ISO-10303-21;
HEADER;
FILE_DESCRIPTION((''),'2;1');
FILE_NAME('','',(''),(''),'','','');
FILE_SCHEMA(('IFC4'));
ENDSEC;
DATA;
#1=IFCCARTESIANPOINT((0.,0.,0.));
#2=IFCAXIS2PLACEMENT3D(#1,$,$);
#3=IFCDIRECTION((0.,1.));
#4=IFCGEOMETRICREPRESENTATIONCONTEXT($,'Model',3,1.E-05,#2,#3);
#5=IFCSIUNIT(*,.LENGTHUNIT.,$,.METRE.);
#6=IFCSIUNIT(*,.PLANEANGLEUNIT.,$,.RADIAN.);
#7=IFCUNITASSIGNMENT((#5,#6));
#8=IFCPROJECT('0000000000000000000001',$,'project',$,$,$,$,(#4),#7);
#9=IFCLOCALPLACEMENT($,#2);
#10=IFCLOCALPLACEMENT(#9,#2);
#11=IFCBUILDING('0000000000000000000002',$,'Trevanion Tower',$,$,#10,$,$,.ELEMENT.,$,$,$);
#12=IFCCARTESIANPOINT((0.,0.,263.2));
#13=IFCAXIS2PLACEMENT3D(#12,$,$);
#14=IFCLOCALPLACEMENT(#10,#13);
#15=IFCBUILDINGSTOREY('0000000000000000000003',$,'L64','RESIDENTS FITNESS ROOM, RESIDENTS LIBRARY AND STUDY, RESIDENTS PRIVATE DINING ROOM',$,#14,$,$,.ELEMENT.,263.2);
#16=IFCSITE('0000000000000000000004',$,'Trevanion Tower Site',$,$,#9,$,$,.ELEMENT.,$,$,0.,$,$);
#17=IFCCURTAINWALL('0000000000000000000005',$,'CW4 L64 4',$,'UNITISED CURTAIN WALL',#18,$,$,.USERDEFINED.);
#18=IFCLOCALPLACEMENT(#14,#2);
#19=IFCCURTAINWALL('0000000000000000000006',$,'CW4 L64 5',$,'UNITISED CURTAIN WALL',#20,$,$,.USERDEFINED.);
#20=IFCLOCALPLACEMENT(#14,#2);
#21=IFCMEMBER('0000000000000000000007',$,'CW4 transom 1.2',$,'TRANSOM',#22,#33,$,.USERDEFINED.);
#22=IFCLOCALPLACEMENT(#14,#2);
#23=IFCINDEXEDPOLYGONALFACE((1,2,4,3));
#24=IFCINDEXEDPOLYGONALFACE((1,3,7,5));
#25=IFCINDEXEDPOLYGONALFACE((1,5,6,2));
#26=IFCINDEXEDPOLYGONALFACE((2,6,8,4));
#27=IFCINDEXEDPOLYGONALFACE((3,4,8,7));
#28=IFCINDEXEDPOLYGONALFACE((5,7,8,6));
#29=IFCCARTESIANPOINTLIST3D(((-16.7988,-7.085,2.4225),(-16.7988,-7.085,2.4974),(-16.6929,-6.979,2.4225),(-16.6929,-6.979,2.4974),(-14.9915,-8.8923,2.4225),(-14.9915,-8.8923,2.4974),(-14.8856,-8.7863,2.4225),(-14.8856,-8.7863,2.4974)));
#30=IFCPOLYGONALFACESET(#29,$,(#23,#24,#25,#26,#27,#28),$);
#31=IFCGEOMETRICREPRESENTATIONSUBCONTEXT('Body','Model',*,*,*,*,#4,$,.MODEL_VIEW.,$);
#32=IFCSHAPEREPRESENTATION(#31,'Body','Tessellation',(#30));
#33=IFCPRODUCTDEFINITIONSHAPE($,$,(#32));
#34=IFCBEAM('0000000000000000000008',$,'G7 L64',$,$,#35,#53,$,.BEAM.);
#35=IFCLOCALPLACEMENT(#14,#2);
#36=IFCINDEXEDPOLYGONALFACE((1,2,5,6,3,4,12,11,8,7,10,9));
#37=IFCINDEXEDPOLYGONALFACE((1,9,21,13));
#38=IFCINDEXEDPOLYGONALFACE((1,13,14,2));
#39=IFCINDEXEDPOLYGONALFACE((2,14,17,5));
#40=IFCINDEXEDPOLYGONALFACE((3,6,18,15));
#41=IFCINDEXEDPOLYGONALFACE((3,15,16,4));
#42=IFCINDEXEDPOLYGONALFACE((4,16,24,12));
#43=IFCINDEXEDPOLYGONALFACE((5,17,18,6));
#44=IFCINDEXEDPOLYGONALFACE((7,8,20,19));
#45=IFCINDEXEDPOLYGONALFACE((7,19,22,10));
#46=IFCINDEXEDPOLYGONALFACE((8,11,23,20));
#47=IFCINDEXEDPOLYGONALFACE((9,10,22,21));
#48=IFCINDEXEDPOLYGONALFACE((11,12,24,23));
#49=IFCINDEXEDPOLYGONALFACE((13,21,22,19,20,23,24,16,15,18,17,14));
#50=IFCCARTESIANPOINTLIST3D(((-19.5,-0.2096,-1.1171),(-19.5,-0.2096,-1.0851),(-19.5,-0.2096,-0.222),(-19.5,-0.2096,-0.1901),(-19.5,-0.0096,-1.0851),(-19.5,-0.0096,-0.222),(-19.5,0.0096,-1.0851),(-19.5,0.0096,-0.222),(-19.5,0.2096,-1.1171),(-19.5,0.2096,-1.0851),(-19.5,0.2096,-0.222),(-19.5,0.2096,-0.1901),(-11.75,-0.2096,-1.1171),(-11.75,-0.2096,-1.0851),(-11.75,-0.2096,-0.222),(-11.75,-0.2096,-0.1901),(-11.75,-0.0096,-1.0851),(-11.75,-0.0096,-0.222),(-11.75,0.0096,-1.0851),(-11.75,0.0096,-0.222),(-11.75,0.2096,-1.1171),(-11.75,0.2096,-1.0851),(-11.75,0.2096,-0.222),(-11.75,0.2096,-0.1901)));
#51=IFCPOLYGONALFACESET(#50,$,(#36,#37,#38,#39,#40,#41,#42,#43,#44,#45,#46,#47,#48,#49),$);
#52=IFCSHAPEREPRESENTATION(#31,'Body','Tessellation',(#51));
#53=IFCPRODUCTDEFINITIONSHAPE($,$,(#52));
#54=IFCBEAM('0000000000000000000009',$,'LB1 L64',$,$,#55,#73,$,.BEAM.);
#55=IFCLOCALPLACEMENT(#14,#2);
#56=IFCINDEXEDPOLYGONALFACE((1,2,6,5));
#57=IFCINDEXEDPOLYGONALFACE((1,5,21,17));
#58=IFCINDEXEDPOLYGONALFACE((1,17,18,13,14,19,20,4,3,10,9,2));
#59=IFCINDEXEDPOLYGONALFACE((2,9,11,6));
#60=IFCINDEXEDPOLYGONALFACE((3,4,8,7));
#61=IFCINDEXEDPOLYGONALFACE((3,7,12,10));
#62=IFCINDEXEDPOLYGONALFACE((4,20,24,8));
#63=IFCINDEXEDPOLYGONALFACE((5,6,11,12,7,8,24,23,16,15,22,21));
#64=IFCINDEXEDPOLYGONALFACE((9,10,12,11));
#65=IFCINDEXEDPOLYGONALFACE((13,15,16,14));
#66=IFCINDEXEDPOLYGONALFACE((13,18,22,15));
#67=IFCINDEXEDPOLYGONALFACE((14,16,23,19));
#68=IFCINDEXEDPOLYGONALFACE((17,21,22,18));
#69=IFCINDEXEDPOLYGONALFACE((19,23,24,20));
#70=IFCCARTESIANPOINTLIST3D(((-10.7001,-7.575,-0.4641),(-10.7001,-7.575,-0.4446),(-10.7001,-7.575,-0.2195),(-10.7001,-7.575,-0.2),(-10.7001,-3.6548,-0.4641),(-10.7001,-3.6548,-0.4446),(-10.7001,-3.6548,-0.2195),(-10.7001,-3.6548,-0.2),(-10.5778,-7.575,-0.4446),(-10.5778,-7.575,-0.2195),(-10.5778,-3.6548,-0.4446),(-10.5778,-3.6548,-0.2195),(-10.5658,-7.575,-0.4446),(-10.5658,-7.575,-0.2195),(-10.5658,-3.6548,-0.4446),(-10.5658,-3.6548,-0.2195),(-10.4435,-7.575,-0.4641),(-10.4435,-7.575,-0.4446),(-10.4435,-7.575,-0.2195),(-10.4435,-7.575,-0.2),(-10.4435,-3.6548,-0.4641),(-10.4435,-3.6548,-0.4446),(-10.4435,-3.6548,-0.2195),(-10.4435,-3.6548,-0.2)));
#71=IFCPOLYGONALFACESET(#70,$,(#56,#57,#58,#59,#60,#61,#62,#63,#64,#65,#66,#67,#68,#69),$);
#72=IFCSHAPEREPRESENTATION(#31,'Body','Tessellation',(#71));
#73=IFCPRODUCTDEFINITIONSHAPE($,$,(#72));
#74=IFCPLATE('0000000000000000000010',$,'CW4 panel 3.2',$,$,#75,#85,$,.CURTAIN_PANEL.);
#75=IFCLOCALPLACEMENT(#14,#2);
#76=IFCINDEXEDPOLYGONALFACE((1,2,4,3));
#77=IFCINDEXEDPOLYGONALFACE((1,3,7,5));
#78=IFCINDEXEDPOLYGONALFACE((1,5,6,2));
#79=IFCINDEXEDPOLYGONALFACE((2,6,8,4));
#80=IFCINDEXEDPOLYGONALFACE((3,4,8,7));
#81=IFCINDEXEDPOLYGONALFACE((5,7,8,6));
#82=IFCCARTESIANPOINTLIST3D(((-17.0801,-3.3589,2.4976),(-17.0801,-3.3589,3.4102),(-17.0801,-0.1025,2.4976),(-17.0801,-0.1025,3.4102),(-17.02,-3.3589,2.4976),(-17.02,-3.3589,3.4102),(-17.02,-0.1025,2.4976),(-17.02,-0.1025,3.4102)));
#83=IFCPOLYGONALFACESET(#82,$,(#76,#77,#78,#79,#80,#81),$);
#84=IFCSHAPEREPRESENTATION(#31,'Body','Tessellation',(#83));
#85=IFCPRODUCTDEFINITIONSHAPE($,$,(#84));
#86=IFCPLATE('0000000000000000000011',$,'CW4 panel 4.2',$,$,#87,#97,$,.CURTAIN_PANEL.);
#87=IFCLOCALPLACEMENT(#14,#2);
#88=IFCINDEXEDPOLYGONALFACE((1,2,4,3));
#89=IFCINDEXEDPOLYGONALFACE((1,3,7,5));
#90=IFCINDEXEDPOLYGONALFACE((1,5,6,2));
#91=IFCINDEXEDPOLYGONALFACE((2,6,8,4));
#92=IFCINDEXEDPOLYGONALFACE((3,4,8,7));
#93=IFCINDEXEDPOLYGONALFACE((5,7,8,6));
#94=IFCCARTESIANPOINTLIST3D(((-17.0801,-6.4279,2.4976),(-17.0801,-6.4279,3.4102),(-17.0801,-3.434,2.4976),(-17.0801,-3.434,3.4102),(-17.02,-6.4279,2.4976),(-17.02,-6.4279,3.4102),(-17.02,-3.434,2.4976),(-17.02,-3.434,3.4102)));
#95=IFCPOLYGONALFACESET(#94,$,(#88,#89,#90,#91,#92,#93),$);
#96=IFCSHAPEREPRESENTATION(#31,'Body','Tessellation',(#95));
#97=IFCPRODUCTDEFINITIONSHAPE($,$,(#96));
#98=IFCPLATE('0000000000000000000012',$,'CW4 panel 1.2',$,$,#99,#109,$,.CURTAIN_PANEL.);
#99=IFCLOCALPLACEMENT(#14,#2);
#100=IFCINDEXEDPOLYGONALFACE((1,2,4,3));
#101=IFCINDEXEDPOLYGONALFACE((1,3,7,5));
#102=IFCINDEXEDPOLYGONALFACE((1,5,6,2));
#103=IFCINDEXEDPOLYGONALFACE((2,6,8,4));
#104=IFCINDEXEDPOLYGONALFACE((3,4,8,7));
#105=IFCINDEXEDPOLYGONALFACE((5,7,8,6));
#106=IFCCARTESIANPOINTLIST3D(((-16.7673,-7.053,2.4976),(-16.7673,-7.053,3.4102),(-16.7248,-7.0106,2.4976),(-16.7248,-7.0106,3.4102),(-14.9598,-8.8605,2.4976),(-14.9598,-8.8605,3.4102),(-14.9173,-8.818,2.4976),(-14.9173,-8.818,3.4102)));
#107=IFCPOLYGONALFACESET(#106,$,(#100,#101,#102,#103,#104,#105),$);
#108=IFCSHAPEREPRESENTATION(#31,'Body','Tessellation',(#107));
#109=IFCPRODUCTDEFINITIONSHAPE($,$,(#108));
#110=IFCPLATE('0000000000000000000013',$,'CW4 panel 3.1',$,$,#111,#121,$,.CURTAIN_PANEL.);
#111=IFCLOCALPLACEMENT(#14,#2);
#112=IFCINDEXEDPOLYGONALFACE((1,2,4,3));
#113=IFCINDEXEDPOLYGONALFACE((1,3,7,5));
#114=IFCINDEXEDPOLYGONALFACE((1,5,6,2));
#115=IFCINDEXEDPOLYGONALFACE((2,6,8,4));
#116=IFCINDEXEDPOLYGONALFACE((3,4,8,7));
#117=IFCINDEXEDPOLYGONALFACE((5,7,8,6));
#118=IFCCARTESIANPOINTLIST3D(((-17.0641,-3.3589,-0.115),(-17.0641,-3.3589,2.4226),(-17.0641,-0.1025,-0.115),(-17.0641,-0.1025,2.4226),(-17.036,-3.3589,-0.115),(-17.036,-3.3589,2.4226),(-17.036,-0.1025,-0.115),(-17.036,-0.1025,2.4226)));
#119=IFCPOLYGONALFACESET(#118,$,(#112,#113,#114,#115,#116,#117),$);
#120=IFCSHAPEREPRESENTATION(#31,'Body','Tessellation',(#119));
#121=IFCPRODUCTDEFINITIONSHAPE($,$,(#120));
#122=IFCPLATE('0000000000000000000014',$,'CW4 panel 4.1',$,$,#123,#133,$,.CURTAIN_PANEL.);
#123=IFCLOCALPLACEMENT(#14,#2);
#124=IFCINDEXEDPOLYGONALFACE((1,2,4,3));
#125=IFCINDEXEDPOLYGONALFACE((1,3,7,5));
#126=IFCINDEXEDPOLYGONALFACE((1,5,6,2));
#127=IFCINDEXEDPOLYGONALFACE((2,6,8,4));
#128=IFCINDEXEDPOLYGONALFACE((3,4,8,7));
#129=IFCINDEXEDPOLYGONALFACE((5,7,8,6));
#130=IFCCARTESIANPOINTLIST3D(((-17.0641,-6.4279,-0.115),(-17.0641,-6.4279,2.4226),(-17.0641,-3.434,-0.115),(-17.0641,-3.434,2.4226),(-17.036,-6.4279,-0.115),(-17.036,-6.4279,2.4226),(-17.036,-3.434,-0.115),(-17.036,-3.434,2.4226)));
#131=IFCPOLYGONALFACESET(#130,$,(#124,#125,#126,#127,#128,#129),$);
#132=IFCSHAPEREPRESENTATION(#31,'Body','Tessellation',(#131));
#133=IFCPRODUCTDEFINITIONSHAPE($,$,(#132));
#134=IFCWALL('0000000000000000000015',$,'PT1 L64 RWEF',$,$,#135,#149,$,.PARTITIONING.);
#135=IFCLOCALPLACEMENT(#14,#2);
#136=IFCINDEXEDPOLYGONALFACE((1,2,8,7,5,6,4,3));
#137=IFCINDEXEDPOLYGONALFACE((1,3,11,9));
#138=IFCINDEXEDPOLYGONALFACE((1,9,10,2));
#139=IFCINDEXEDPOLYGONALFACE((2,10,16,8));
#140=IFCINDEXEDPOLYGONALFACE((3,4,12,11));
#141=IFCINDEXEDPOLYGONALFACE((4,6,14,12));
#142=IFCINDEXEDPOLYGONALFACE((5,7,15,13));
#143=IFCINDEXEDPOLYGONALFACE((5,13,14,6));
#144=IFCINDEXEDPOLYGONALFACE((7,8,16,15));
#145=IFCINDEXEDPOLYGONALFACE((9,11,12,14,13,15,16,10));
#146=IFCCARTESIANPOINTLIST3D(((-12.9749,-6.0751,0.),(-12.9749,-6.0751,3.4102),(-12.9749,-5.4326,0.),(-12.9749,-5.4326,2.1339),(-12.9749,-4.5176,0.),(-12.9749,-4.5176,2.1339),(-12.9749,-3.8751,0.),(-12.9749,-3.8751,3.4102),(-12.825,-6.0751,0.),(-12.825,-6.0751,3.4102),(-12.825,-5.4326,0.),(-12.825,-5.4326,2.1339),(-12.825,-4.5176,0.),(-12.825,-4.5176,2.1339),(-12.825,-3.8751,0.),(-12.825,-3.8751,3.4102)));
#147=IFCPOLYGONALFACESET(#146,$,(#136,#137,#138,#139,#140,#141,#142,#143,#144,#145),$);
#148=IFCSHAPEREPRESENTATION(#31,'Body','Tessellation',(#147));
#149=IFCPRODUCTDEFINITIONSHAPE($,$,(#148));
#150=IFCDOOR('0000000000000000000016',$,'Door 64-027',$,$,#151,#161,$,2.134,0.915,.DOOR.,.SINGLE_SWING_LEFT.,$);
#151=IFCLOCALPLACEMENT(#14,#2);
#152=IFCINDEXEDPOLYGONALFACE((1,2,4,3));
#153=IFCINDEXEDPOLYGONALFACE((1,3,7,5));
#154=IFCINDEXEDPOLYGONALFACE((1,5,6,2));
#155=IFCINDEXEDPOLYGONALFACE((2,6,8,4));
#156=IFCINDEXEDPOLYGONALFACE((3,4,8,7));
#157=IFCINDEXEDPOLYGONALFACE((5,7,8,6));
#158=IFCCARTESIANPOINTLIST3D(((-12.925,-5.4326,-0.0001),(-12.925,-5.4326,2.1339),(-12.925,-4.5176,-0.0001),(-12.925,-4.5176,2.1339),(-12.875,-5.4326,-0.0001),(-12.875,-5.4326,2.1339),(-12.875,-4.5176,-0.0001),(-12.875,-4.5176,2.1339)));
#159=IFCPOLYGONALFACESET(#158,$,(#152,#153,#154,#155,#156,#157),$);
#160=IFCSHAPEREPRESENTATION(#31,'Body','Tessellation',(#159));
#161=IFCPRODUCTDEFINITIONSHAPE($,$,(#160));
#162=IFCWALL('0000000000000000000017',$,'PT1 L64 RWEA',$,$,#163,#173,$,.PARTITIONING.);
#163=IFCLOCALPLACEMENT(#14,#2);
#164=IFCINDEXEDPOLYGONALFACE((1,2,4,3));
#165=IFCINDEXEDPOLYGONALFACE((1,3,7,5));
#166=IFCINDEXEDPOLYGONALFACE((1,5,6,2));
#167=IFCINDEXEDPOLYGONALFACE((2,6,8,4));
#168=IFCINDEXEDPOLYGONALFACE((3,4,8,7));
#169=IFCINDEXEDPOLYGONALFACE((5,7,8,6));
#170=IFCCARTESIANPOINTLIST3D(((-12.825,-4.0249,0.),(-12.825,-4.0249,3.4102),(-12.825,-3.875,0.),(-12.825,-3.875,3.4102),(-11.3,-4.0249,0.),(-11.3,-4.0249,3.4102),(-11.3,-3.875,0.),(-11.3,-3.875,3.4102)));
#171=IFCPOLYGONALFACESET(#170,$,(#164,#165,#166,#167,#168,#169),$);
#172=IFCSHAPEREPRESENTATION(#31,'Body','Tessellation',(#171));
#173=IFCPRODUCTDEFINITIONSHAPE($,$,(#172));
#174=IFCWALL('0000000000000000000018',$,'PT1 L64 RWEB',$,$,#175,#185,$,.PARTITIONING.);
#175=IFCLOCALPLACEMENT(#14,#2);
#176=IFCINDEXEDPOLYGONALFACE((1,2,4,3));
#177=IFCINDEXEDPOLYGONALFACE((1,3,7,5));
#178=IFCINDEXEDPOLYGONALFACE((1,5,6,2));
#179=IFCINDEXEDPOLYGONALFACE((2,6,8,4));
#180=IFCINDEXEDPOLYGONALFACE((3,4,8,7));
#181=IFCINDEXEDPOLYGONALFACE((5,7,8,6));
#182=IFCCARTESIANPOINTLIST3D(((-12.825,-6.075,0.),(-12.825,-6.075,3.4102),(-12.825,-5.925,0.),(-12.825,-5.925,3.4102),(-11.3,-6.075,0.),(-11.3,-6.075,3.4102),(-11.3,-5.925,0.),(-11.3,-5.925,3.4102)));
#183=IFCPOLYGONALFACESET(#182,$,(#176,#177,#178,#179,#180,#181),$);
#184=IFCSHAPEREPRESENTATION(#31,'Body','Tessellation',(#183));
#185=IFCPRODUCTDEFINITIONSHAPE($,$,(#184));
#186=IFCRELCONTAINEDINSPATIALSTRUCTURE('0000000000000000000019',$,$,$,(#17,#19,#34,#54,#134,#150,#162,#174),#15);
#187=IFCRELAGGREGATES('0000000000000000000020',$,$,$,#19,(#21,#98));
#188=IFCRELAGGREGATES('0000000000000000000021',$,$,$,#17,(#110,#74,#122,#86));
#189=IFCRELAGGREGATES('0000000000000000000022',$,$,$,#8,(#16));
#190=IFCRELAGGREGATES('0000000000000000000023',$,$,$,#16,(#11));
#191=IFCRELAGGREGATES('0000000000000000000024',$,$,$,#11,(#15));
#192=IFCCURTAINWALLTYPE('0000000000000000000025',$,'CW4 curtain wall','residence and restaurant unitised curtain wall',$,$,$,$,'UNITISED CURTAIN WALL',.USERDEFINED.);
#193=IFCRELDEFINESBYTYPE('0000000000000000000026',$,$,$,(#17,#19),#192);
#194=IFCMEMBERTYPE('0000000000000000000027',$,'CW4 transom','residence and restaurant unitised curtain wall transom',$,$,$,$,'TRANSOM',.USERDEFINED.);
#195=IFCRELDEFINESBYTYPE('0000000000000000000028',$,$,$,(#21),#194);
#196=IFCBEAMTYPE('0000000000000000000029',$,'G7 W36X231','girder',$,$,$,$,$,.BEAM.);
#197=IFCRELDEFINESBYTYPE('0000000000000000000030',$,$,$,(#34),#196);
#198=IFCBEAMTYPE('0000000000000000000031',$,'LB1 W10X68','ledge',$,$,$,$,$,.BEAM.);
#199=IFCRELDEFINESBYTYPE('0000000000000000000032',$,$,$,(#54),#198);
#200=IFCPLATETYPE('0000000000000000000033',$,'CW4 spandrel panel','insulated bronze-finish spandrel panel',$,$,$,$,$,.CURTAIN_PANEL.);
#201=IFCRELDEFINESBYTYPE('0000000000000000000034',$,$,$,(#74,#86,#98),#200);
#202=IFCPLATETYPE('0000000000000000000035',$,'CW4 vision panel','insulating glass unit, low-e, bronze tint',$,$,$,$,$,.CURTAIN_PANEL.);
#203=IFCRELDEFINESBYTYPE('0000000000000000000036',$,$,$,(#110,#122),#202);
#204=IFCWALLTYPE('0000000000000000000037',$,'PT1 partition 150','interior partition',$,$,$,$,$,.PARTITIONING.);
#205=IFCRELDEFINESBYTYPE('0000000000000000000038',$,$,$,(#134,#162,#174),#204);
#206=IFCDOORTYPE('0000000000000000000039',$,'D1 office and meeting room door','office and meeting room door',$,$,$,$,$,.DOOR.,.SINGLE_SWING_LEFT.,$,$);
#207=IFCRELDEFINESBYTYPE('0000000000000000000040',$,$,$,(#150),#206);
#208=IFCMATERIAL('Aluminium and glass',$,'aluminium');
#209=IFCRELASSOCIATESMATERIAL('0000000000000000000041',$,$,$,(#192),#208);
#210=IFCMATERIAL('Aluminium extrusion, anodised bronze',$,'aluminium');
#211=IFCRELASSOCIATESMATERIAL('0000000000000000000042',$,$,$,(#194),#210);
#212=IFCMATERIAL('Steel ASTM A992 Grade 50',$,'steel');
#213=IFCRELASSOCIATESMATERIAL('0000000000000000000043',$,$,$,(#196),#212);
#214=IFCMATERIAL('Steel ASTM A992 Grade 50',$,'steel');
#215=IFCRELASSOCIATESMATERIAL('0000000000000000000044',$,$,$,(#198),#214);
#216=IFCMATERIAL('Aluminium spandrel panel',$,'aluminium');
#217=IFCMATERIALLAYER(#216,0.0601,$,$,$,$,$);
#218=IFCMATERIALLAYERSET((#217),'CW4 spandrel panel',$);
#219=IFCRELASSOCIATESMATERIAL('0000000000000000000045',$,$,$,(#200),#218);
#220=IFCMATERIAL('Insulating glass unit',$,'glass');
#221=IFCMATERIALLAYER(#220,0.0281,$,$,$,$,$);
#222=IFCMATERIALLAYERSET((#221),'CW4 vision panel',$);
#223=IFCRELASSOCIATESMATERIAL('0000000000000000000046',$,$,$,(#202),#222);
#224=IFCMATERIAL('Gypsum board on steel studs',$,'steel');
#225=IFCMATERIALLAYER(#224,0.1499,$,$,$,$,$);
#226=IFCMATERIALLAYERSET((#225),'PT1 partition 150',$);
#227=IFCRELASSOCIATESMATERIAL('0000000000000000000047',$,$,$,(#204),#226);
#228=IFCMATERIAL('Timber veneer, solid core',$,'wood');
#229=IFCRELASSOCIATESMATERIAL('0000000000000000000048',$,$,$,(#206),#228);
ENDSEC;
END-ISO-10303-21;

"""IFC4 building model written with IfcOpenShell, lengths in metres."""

from ifc_helpers import new_model, si_unit, direction, frame, frame_2d, origin, origin_2d, place, context, subcontext, project, spatial, rectangle, i_section, extrude, material, layer, layer_set, material_profile, profile_set, type_object, element, fill, aggregate, save


model = new_model("IFC4")

# Units and contexts
model_context = context("Model", 3, precision=1e-05, world=origin(), true_north=direction((0.0, 1.0)))
body_context = subcontext(model_context, "Body", "Model", "MODEL_VIEW")
ifc_project = project(units=[si_unit("LENGTHUNIT", "METRE"), si_unit("PLANEANGLEUNIT", "RADIAN")], contexts=[model_context])

# Site, building, storey
site_placement = place(None, origin())
site = spatial("IfcSite", under=ifc_project, at=site_placement, Name="Trevanion Tower Site", CompositionType="ELEMENT", RefElevation=0.0)
building_placement = place(site_placement, origin())
building = spatial("IfcBuilding", under=site, at=building_placement, Name="Trevanion Tower", CompositionType="ELEMENT")
storey_placement = place(building_placement, frame((0.0, 0.0, 263.2)))
storey = spatial("IfcBuildingStorey", under=building, at=storey_placement, Name="L64", Description="RESIDENTS FITNESS ROOM, RESIDENTS LIBRARY AND STUDY, RESIDENTS PRIVATE DINING ROOM", CompositionType="ELEMENT", Elevation=263.2)

# Curtain wall
ifc_material_1 = material(Name="Aluminium and glass", Category="aluminium")
curtain_wall_type = type_object("IfcCurtainWallType", Name="CW4 curtain wall", Description="residence and restaurant unitised curtain wall", ElementType="UNITISED CURTAIN WALL", PredefinedType="USERDEFINED", material=ifc_material_1)
curtain_wall_1_placement = place(storey_placement, origin())
curtain_wall_1 = element("IfcCurtainWall", 1, at=curtain_wall_1_placement, inside=storey, type_object=curtain_wall_type, Name="CW4 L64 4", ObjectType="UNITISED CURTAIN WALL", PredefinedType="USERDEFINED")

# Curtain wall
curtain_wall_2_placement = place(storey_placement, origin())
curtain_wall_2 = element("IfcCurtainWall", 2, at=curtain_wall_2_placement, inside=storey, type_object=curtain_wall_type, Name="CW4 L64 5", ObjectType="UNITISED CURTAIN WALL", PredefinedType="USERDEFINED")

# Member
ifc_material_2 = material(Name="Aluminium extrusion, anodised bronze", Category="aluminium")
ifc_material_profile_1 = material_profile(ifc_material_2, rectangle(XDim=0.1499, YDim=0.075, at=origin_2d()), Name="CW4 transom")
ifc_profile_set_1 = profile_set([ifc_material_profile_1], Name="Aluminium extrusion, anodised bronze")
member_type_1 = type_object("IfcMemberType", Name="CW4 transom", Description="residence and restaurant unitised curtain wall transom", ElementType="TRANSOM", PredefinedType="USERDEFINED", material=ifc_profile_set_1)
member_1_placement = place(storey_placement, frame((-16.7458, -7.032, 2.46), z_axis=(0.707107, -0.707107, 0.0), x_axis=(0.707107, 0.707107, 0.0)))
member_1 = element("IfcMember", 3, at=member_1_placement, type_object=member_type_1, Name="CW4 transom 1.2", ObjectType="TRANSOM", PredefinedType="USERDEFINED", context=body_context, shape_type="SweptSolid", body=[
    extrude(rectangle(XDim=0.1499, YDim=0.075, at=origin_2d()), origin(), (0.0, 0.0, 1.0), 2.5559),
])

# Beams
ifc_material_3 = material(Name="Steel ASTM A992 Grade 50", Category="steel")
ifc_material_profile_2 = material_profile(ifc_material_3, i_section(OverallWidth=0.4192, OverallDepth=0.927, WebThickness=0.0193, FlangeThickness=0.032, at=origin_2d()), Name="W36X231")
ifc_profile_set_2 = profile_set([ifc_material_profile_2], Name="Steel ASTM A992 Grade 50")
beam_type_1 = type_object("IfcBeamType", Name="G7 W36X231", Description="girder", PredefinedType="BEAM", material=ifc_profile_set_2)
beam_1_placement = place(storey_placement, frame((-11.75, 0.0, -0.6536), z_axis=(-1.0, 0.0, 0.0), x_axis=(0.0, -1.0, 0.0)))
element("IfcBeam", 4, at=beam_1_placement, inside=storey, type_object=beam_type_1, Name="G7 L64", PredefinedType="BEAM", context=body_context, shape_type="SweptSolid", body=[
    extrude(i_section(OverallWidth=0.4192, OverallDepth=0.927, WebThickness=0.0193, FlangeThickness=0.032, at=origin_2d()), origin(), (0.0, 0.0, 1.0), 7.75),
])
ifc_material_4 = material(Name="Steel ASTM A992 Grade 50", Category="steel")
ifc_material_profile_3 = material_profile(ifc_material_4, i_section(OverallWidth=0.2566, OverallDepth=0.2642, WebThickness=0.012, FlangeThickness=0.0195, at=origin_2d()), Name="W10X68")
ifc_profile_set_3 = profile_set([ifc_material_profile_3], Name="Steel ASTM A992 Grade 50")
beam_type_2 = type_object("IfcBeamType", Name="LB1 W10X68", Description="ledge", PredefinedType="BEAM", material=ifc_profile_set_3)
beam_2_placement = place(storey_placement, frame((-10.5718, -7.575, -0.332), z_axis=(0.0, 1.0, 0.0), x_axis=(-1.0, 0.0, 0.0)))
element("IfcBeam", 5, at=beam_2_placement, inside=storey, type_object=beam_type_2, Name="LB1 L64", PredefinedType="BEAM", context=body_context, shape_type="SweptSolid", body=[
    extrude(i_section(OverallWidth=0.2566, OverallDepth=0.2642, WebThickness=0.012, FlangeThickness=0.0195, at=origin_2d()), origin(), (0.0, 0.0, 1.0), 3.9202),
])

# Plates
ifc_material_5 = material(Name="Aluminium spandrel panel", Category="aluminium")
ifc_layer_1 = layer(ifc_material_5, 0.0601)
ifc_layer_set_1 = layer_set([ifc_layer_1], Name="CW4 spandrel panel")
plate_type_1 = type_object("IfcPlateType", Name="CW4 spandrel panel", Description="insulated bronze-finish spandrel panel", PredefinedType="CURTAIN_PANEL", material=ifc_layer_set_1)
plate_1_placement = place(storey_placement, frame((-17.05, -1.7307, 2.4976), z_axis=(0.0, 0.0, 1.0), x_axis=(0.0, -1.0, 0.0)))
plate_1 = element("IfcPlate", 6, at=plate_1_placement, type_object=plate_type_1, Name="CW4 panel 3.2", PredefinedType="CURTAIN_PANEL", context=body_context, shape_type="SweptSolid", body=[
    extrude(rectangle(XDim=3.2563, YDim=0.0601, at=origin_2d()), origin(), (0.0, 0.0, 1.0), 0.9126),
])
plate_2_placement = place(storey_placement, frame((-17.05, -4.9309, 2.4976), z_axis=(0.0, 0.0, 1.0), x_axis=(0.0, -1.0, 0.0)))
plate_2 = element("IfcPlate", 7, at=plate_2_placement, type_object=plate_type_1, Name="CW4 panel 4.2", PredefinedType="CURTAIN_PANEL", context=body_context, shape_type="SweptSolid", body=[
    extrude(rectangle(XDim=2.9939, YDim=0.0601, at=origin_2d()), origin(), (0.0, 0.0, 1.0), 0.9126),
])
plate_3_placement = place(storey_placement, frame((-15.8423, -7.9355, 2.4976), z_axis=(0.0, 0.0, 1.0), x_axis=(0.707107, -0.707107, 0.0)))
plate_3 = element("IfcPlate", 8, at=plate_3_placement, type_object=plate_type_1, Name="CW4 panel 1.2", PredefinedType="CURTAIN_PANEL", context=body_context, shape_type="SweptSolid", body=[
    extrude(rectangle(XDim=2.5562, YDim=0.0601, at=origin_2d()), origin(), (0.0, 0.0, 1.0), 0.9126),
])
aggregate(curtain_wall_2, [member_1, plate_3])
ifc_material_6 = material(Name="Insulating glass unit", Category="glass")
ifc_layer_2 = layer(ifc_material_6, 0.0281)
ifc_layer_set_2 = layer_set([ifc_layer_2], Name="CW4 vision panel")
plate_type_2 = type_object("IfcPlateType", Name="CW4 vision panel", Description="insulating glass unit, low-e, bronze tint", PredefinedType="CURTAIN_PANEL", material=ifc_layer_set_2)
plate_4_placement = place(storey_placement, frame((-17.05, -1.7307, -0.115), z_axis=(0.0, 0.0, 1.0), x_axis=(0.0, -1.0, 0.0)))
plate_4 = element("IfcPlate", 9, at=plate_4_placement, type_object=plate_type_2, Name="CW4 panel 3.1", PredefinedType="CURTAIN_PANEL", context=body_context, shape_type="SweptSolid", body=[
    extrude(rectangle(XDim=3.2563, YDim=0.0281, at=origin_2d()), origin(), (0.0, 0.0, 1.0), 2.5376),
])
plate_5_placement = place(storey_placement, frame((-17.05, -4.9309, -0.115), z_axis=(0.0, 0.0, 1.0), x_axis=(0.0, -1.0, 0.0)))
plate_5 = element("IfcPlate", 10, at=plate_5_placement, type_object=plate_type_2, Name="CW4 panel 4.1", PredefinedType="CURTAIN_PANEL", context=body_context, shape_type="SweptSolid", body=[
    extrude(rectangle(XDim=2.9939, YDim=0.0281, at=origin_2d()), origin(), (0.0, 0.0, 1.0), 2.5376),
])
aggregate(curtain_wall_1, [plate_4, plate_1, plate_5, plate_2])

# Wall, opening, door
ifc_material_7 = material(Name="Gypsum board on steel studs", Category="steel")
ifc_layer_3 = layer(ifc_material_7, 0.1499)
ifc_layer_set_3 = layer_set([ifc_layer_3], Name="PT1 partition 150")
wall_type = type_object("IfcWallType", Name="PT1 partition 150", Description="interior partition", PredefinedType="PARTITIONING", material=ifc_layer_set_3)
wall_placement = place(storey_placement, frame((-12.8999, -3.875, 0.0), z_axis=(0.0, 0.0, 1.0), x_axis=(0.0, -1.0, 0.0)))
wall = element("IfcWall", 11, at=wall_placement, inside=storey, type_object=wall_type, Name="PT1 L64 RWEF", PredefinedType="PARTITIONING", context=body_context, shape_type="SweptSolid", body=[
    extrude(rectangle(XDim=2.2, YDim=0.1499, at=frame_2d((1.1001, 0.0))), origin(), (0.0, 0.0, 1.0), 3.4102),
])
opening_placement = place(wall_placement, frame((0.6426, 0.0, 0.0)))
opening = element("IfcOpeningElement", 12, at=opening_placement, cuts=wall, PredefinedType="OPENING", context=body_context, shape_type="SweptSolid", body=[
    extrude(rectangle(XDim=0.915, YDim=2.134, at=frame_2d((0.4575, 1.0669))), frame((0.0, 0.085, 0.0), z_axis=(0.0, -1.0, 0.0), x_axis=(1.0, 0.0, 0.0)), (0.0, 0.0, 1.0), 0.1699),
])
ifc_material_8 = material(Name="Timber veneer, solid core", Category="wood")
door_type = type_object("IfcDoorType", Name="D1 office and meeting room door", Description="office and meeting room door", OperationType="SINGLE_SWING_LEFT", PredefinedType="DOOR", material=ifc_material_8)
door_placement = place(opening_placement, origin())
door = element("IfcDoor", 13, at=door_placement, inside=storey, type_object=door_type, Name="Door 64-027", OperationType="SINGLE_SWING_LEFT", OverallHeight=2.134, OverallWidth=0.915, PredefinedType="DOOR", context=body_context, shape_type="SweptSolid", body=[
    extrude(rectangle(XDim=0.915, YDim=2.134, at=frame_2d((0.4575, 1.0669))), frame((0.0, 0.0249, 0.0), z_axis=(0.0, -1.0, 0.0), x_axis=(1.0, 0.0, 0.0)), (0.0, 0.0, 1.0), 0.05),
])
fill(opening, door)

# Walls
for number, where, z_axis, x_axis, name in (
    (14, (-11.3, -3.95, 0.0), (0.0, 0.0, 1.0), (-1.0, 0.0, 0.0), "PT1 L64 RWEA"),
    (15, (-11.3, -6.0, 0.0), (0.0, 0.0, 1.0), (-1.0, 0.0, 0.0), "PT1 L64 RWEB"),
):
    element("IfcWall", number, at=place(storey_placement, frame(where, z_axis=z_axis, x_axis=x_axis)), inside=storey, type_object=wall_type, Name=name, PredefinedType="PARTITIONING", context=body_context, shape_type="SweptSolid", body=[
        extrude(rectangle(XDim=1.5249, YDim=0.1499, at=frame_2d((0.7625, 0.0))), origin(), (0.0, 0.0, 1.0), 3.4102),
    ])

save(model, "model.ifc")
